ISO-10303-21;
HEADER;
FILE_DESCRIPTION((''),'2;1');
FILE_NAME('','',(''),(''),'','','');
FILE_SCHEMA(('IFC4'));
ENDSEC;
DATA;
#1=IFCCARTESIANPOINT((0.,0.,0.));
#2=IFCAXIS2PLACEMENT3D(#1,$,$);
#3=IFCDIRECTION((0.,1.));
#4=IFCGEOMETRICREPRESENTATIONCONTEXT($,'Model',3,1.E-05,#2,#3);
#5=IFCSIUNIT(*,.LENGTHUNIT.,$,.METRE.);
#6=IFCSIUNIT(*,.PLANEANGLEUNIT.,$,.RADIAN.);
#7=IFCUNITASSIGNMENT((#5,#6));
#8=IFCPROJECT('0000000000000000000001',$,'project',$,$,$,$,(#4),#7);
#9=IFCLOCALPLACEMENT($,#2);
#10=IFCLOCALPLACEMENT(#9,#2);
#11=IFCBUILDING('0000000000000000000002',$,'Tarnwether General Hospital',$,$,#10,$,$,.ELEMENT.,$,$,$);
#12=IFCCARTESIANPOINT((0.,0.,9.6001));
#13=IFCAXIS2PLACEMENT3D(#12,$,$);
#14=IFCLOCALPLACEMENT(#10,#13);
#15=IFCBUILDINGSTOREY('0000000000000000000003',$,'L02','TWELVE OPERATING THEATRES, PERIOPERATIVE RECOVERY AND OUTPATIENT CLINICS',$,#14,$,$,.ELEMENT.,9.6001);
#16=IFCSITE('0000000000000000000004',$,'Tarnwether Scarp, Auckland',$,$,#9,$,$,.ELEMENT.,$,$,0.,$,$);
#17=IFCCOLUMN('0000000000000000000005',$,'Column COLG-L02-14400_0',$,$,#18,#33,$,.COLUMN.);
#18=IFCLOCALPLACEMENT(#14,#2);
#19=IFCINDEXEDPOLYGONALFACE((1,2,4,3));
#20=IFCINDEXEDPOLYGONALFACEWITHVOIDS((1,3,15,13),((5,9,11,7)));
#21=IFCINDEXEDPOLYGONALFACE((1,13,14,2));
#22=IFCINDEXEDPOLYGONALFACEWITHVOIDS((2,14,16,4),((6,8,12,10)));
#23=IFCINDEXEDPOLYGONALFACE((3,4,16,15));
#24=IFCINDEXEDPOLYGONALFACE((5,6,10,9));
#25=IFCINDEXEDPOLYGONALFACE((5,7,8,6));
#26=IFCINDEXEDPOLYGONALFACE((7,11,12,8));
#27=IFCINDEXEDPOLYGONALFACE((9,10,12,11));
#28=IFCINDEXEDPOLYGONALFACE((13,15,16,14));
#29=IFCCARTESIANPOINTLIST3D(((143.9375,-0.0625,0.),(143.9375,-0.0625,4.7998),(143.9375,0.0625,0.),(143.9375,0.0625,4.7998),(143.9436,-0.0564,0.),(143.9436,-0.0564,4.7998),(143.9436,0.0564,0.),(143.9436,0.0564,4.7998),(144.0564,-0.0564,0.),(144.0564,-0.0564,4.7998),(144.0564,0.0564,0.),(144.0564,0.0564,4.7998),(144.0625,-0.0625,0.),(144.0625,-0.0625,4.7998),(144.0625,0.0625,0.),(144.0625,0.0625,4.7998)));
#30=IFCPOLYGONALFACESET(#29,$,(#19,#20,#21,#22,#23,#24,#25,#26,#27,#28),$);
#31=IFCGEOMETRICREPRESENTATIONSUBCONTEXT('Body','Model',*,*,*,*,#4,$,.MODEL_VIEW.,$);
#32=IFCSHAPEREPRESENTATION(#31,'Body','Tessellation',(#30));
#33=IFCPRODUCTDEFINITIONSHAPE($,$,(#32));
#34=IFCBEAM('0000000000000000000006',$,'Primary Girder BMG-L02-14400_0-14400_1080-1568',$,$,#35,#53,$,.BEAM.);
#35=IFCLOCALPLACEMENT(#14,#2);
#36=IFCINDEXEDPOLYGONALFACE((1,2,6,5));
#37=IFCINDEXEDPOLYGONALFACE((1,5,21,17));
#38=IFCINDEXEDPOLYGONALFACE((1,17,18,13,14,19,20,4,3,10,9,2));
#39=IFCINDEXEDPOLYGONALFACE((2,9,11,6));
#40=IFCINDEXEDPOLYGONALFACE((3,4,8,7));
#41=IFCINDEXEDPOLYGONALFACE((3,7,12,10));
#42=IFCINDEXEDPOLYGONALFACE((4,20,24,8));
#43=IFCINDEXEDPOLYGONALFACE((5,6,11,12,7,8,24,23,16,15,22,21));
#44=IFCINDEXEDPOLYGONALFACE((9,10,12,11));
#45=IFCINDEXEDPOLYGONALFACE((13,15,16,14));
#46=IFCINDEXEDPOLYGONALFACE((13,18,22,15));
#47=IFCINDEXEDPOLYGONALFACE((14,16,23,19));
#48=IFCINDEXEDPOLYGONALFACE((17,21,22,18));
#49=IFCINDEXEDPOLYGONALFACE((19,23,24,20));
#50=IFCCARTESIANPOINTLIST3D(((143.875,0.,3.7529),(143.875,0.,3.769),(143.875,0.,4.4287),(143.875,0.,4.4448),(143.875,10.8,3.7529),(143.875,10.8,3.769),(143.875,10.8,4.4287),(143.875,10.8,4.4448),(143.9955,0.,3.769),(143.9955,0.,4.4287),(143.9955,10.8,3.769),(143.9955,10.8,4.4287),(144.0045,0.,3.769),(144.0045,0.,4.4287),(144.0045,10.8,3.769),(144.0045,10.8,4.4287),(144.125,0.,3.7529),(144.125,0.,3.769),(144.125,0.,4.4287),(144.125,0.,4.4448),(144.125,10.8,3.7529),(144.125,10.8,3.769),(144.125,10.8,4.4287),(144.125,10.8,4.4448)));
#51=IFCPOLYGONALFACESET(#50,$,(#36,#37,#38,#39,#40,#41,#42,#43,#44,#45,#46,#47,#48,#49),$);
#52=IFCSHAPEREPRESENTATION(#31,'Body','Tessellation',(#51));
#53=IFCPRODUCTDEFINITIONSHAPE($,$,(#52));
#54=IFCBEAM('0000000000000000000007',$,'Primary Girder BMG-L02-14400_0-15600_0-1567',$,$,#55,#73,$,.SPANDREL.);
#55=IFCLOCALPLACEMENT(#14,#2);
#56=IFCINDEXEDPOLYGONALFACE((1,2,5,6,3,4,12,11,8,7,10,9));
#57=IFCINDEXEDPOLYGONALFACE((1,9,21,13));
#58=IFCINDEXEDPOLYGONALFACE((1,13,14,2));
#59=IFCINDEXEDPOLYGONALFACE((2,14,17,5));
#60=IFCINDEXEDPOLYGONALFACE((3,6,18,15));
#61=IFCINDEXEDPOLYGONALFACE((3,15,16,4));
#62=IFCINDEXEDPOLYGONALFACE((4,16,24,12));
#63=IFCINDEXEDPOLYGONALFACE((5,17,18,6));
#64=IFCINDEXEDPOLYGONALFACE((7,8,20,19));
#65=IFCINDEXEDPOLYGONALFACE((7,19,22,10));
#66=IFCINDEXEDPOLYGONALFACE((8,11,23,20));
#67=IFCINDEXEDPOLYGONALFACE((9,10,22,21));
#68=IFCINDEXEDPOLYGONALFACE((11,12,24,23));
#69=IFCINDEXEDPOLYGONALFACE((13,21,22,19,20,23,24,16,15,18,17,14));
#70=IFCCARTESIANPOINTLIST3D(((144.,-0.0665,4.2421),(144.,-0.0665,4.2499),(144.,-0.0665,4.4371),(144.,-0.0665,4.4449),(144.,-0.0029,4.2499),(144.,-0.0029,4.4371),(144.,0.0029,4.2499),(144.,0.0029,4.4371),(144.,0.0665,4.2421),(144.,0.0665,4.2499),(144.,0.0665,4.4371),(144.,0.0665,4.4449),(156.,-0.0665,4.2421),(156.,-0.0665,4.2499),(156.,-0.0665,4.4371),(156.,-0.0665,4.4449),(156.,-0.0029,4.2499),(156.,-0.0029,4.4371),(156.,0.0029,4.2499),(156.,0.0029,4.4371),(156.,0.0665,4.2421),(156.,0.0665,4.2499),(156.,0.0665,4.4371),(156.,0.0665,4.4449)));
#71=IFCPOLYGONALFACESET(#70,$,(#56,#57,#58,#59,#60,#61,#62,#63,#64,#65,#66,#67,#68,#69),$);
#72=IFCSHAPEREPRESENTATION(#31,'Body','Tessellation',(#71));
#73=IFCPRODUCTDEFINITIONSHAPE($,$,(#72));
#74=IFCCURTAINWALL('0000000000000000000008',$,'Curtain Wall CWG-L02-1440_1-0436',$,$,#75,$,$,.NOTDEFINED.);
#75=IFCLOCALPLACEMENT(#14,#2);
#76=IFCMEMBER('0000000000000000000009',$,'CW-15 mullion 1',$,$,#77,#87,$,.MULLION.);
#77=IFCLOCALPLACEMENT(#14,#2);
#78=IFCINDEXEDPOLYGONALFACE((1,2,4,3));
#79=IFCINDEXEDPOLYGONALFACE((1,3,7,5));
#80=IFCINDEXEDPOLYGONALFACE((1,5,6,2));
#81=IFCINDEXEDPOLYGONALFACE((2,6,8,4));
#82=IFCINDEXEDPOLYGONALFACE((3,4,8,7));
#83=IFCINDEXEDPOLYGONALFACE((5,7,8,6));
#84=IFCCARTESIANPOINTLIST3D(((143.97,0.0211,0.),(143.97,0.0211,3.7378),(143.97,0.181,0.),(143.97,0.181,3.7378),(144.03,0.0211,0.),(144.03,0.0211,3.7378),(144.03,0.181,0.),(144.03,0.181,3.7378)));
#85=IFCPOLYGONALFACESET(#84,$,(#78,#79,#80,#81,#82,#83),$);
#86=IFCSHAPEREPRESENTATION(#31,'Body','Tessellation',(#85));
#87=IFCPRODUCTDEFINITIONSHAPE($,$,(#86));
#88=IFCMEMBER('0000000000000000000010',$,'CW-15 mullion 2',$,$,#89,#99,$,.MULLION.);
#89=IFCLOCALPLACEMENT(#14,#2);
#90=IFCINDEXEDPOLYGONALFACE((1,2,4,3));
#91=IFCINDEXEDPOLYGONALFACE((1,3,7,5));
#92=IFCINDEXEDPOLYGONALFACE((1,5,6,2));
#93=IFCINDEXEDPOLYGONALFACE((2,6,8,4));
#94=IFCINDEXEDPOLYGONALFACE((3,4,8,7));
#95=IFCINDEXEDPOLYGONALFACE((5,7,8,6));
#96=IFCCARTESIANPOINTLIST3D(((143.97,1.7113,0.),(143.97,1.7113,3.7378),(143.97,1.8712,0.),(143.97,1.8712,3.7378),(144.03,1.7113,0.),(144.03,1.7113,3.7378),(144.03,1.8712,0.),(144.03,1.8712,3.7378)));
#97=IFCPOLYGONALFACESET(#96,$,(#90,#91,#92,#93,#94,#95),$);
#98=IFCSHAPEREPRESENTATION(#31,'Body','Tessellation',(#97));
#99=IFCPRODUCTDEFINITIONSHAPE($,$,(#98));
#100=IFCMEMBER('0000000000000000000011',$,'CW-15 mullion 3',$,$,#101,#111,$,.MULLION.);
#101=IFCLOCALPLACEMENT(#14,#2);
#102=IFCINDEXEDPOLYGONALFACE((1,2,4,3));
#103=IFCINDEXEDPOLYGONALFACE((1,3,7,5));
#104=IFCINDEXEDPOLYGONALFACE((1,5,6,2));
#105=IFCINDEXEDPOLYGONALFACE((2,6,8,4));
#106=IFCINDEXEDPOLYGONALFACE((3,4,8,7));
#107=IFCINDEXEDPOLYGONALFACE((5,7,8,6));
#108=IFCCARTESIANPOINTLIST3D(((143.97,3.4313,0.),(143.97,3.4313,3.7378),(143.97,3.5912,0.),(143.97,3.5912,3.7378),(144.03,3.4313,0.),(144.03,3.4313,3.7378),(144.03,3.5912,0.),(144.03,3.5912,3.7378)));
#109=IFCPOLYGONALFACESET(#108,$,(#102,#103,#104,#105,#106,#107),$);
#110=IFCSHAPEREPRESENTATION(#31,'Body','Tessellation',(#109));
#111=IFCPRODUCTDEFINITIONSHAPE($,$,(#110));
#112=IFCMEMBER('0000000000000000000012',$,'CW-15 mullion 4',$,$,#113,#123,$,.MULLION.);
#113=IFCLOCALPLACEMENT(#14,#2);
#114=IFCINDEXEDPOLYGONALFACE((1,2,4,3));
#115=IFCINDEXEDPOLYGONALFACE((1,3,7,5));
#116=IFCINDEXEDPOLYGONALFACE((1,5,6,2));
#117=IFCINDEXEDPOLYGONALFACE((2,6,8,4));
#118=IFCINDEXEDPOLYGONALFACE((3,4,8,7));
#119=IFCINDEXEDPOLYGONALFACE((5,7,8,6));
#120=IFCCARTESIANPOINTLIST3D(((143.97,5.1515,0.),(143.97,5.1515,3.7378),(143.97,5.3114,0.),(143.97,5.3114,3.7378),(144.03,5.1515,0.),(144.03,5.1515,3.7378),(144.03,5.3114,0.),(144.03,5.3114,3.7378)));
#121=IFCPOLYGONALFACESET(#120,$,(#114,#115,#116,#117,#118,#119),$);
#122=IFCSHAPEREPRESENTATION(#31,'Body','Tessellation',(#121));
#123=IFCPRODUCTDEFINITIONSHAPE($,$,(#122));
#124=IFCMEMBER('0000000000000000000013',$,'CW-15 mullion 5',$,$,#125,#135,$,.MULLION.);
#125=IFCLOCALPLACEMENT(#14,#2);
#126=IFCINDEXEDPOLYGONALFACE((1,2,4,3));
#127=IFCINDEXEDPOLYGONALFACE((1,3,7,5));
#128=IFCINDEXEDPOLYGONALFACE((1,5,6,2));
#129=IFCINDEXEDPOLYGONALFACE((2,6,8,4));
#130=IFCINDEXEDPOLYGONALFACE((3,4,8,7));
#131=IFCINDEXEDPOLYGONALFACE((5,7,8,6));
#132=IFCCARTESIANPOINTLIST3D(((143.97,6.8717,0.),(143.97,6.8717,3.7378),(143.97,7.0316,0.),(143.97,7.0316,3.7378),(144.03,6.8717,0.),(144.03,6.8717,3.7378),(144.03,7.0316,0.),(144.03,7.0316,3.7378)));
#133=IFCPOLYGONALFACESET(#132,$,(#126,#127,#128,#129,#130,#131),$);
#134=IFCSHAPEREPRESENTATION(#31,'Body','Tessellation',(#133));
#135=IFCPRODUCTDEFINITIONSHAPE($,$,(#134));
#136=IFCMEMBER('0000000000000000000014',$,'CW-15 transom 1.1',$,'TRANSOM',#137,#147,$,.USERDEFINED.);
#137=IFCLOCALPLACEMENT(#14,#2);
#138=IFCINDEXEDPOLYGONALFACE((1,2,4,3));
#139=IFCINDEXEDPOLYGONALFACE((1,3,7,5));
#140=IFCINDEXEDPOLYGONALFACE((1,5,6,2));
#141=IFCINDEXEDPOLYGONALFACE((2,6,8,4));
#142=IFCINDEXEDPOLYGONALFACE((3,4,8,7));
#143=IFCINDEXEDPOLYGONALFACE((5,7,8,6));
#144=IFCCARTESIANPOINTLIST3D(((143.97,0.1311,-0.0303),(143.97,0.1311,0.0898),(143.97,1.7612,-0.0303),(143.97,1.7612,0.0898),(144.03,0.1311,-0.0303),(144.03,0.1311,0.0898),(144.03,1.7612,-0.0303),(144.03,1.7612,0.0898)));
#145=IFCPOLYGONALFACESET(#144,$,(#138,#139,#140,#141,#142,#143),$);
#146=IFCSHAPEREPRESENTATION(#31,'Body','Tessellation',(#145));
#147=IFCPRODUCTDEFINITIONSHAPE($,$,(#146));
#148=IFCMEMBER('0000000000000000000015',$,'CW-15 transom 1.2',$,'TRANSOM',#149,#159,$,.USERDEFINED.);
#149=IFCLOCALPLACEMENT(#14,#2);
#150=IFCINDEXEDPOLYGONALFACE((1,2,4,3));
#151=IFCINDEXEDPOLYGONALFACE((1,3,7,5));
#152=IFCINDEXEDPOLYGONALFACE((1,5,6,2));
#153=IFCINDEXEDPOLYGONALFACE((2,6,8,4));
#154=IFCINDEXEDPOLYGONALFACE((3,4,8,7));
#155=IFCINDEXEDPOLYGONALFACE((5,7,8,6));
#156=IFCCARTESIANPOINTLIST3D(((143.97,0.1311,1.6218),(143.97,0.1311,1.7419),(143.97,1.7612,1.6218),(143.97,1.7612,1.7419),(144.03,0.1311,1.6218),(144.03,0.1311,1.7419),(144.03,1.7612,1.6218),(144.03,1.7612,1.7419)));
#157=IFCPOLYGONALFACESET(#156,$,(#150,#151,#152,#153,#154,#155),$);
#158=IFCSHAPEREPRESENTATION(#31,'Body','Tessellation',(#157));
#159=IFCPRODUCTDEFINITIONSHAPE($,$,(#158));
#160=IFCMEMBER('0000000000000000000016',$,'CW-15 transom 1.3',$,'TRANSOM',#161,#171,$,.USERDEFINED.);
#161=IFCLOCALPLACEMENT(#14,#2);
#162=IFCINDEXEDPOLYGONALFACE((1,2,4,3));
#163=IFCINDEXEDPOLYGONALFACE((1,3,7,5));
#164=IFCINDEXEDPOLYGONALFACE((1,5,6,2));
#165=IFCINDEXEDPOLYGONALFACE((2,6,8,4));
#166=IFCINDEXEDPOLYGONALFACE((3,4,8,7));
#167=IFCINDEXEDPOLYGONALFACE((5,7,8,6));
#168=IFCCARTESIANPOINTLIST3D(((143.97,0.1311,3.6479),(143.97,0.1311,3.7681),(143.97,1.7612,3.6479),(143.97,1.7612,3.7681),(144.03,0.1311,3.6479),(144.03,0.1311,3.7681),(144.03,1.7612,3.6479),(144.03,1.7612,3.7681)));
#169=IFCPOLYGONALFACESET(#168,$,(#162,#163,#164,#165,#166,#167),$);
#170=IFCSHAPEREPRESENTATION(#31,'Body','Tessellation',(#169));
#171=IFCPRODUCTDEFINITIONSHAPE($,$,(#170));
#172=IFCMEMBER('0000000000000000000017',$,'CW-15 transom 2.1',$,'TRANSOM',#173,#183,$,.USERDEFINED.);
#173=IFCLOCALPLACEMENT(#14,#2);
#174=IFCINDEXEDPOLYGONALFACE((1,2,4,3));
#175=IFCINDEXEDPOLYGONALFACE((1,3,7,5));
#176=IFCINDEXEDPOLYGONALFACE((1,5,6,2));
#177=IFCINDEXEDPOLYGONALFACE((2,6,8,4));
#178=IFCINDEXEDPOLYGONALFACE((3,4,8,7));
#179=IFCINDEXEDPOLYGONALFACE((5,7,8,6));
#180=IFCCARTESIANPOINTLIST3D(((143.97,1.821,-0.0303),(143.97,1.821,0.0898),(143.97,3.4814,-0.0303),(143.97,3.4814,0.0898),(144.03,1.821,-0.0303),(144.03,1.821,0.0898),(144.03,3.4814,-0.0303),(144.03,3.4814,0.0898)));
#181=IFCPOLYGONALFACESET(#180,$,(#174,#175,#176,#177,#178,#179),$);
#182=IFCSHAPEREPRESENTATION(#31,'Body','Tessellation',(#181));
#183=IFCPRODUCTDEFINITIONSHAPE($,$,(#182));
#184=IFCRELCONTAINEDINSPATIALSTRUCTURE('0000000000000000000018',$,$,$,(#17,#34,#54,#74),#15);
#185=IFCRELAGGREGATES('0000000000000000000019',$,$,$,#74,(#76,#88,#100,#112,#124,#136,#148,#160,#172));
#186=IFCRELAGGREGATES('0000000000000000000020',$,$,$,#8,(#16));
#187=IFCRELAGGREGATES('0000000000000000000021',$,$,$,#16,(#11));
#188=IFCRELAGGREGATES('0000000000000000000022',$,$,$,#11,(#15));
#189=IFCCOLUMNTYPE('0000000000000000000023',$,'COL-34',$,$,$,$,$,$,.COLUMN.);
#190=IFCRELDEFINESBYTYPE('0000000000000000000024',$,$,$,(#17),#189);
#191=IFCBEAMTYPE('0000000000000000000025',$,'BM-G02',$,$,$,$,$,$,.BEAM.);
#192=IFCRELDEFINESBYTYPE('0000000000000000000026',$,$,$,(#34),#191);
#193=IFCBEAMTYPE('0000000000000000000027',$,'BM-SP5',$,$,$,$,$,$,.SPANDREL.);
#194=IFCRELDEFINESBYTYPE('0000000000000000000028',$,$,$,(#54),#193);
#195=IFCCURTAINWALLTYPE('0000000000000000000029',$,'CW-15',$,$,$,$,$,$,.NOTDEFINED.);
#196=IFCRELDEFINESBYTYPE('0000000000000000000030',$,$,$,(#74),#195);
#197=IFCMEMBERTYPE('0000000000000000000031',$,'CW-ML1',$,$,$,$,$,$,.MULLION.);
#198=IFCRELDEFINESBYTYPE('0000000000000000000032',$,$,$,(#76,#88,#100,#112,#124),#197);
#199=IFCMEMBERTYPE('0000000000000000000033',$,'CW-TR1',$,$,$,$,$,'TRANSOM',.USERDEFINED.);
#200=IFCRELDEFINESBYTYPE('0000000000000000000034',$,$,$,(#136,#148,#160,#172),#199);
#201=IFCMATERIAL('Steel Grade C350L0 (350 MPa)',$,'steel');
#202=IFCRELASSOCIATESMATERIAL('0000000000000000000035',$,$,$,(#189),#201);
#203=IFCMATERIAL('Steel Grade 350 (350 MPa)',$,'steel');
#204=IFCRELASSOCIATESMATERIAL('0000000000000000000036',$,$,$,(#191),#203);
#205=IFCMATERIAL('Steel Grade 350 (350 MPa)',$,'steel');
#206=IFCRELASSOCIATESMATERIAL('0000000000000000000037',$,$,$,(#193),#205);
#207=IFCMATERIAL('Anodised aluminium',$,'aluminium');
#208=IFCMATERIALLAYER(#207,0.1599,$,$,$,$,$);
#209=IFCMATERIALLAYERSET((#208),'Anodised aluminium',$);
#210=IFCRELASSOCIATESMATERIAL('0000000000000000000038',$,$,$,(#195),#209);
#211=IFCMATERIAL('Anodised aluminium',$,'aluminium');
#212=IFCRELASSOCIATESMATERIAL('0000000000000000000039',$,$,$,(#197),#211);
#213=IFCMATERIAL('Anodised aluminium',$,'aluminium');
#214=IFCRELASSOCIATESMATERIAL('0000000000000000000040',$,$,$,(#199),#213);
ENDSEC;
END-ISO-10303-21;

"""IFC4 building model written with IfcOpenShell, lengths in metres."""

from ifc_helpers import new_model, si_unit, direction, frame, origin, origin_2d, place, context, subcontext, project, spatial, rectangle, hollow_rectangle, i_section, extrude, material, layer, layer_set, material_profile, profile_set, type_object, element, aggregate, save


model = new_model("IFC4")

# Units and contexts
model_context = context("Model", 3, precision=1e-05, world=origin(), true_north=direction((0.0, 1.0)))
body_context = subcontext(model_context, "Body", "Model", "MODEL_VIEW")
ifc_project = project(units=[si_unit("LENGTHUNIT", "METRE"), si_unit("PLANEANGLEUNIT", "RADIAN")], contexts=[model_context])

# Site, building, storey
site_placement = place(None, origin())
site = spatial("IfcSite", under=ifc_project, at=site_placement, Name="Tarnwether Scarp, Auckland", CompositionType="ELEMENT", RefElevation=0.0)
building_placement = place(site_placement, origin())
building = spatial("IfcBuilding", under=site, at=building_placement, Name="Tarnwether General Hospital", CompositionType="ELEMENT")
storey_placement = place(building_placement, frame((0.0, 0.0, 9.6001)))
storey = spatial("IfcBuildingStorey", under=building, at=storey_placement, Name="L02", Description="TWELVE OPERATING THEATRES, PERIOPERATIVE RECOVERY AND OUTPATIENT CLINICS", CompositionType="ELEMENT", Elevation=9.6001)

# Column
ifc_material_1 = material(Name="Steel Grade C350L0 (350 MPa)", Category="steel")
ifc_material_profile_1 = material_profile(ifc_material_1, hollow_rectangle(XDim=0.125, YDim=0.125, WallThickness=0.0061, at=origin_2d()), Name="SHS125x125x6")
ifc_profile_set_1 = profile_set([ifc_material_profile_1], Name="Steel Grade C350L0 (350 MPa)")
column_type = type_object("IfcColumnType", Name="COL-34", PredefinedType="COLUMN", material=ifc_profile_set_1)
column_placement = place(storey_placement, frame((144.0, 0.0, 0.0), z_axis=(0.0, 0.0, 1.0), x_axis=(1.0, 0.0, 0.0)))
element("IfcColumn", 1, at=column_placement, inside=storey, type_object=column_type, Name="Column COLG-L02-14400_0", PredefinedType="COLUMN", context=body_context, shape_type="SweptSolid", body=[
    extrude(hollow_rectangle(XDim=0.125, YDim=0.125, WallThickness=0.0061, at=origin_2d()), origin(), (0.0, 0.0, 1.0), 4.7998),
])

# Beams
ifc_material_2 = material(Name="Steel Grade 350 (350 MPa)", Category="steel")
ifc_material_profile_2 = material_profile(ifc_material_2, i_section(OverallWidth=0.25, OverallDepth=0.6919, WebThickness=0.009, FlangeThickness=0.0161, at=origin_2d()), Name="700WB115")
ifc_profile_set_2 = profile_set([ifc_material_profile_2], Name="Steel Grade 350 (350 MPa)")
beam_type_1 = type_object("IfcBeamType", Name="BM-G02", PredefinedType="BEAM", material=ifc_profile_set_2)
beam_1_placement = place(storey_placement, frame((144.0, 0.0, 4.0989), z_axis=(0.0, 1.0, 0.0), x_axis=(-1.0, 0.0, 0.0)))
element("IfcBeam", 2, at=beam_1_placement, inside=storey, type_object=beam_type_1, Name="Primary Girder BMG-L02-14400_0-14400_1080-1568", PredefinedType="BEAM", context=body_context, shape_type="SweptSolid", body=[
    extrude(i_section(OverallWidth=0.25, OverallDepth=0.6919, WebThickness=0.009, FlangeThickness=0.0161, at=origin_2d()), origin(), (0.0, 0.0, 1.0), 10.8),
])
ifc_material_3 = material(Name="Steel Grade 350 (350 MPa)", Category="steel")
ifc_material_profile_3 = material_profile(ifc_material_3, i_section(OverallWidth=0.1331, OverallDepth=0.2029, WebThickness=0.0059, FlangeThickness=0.0078, at=origin_2d()), Name="200UB25.4")
ifc_profile_set_3 = profile_set([ifc_material_profile_3], Name="Steel Grade 350 (350 MPa)")
beam_type_2 = type_object("IfcBeamType", Name="BM-SP5", PredefinedType="SPANDREL", material=ifc_profile_set_3)
beam_2_placement = place(storey_placement, frame((144.0, 0.0, 4.3435), z_axis=(1.0, 0.0, 0.0), x_axis=(0.0, 1.0, 0.0)))
element("IfcBeam", 3, at=beam_2_placement, inside=storey, type_object=beam_type_2, Name="Primary Girder BMG-L02-14400_0-15600_0-1567", PredefinedType="SPANDREL", context=body_context, shape_type="SweptSolid", body=[
    extrude(i_section(OverallWidth=0.1331, OverallDepth=0.2029, WebThickness=0.0059, FlangeThickness=0.0078, at=origin_2d()), origin(), (0.0, 0.0, 1.0), 12.0),
])

# Curtain wall, members
ifc_material_4 = material(Name="Anodised aluminium", Category="aluminium")
ifc_layer_1 = layer(ifc_material_4, 0.1599)
ifc_layer_set_1 = layer_set([ifc_layer_1], Name="Anodised aluminium")
curtain_wall_type = type_object("IfcCurtainWallType", Name="CW-15", PredefinedType="NOTDEFINED", material=ifc_layer_set_1)
curtain_wall_placement = place(storey_placement, origin())
curtain_wall = element("IfcCurtainWall", 4, at=curtain_wall_placement, inside=storey, type_object=curtain_wall_type, Name="Curtain Wall CWG-L02-1440_1-0436", PredefinedType="NOTDEFINED")
ifc_material_5 = material(Name="Anodised aluminium", Category="aluminium")
ifc_material_profile_4 = material_profile(ifc_material_5, rectangle(XDim=0.0601, YDim=0.1599, at=origin_2d()), Name="ALU-MUL-60x160")
ifc_profile_set_4 = profile_set([ifc_material_profile_4], Name="Anodised aluminium")
member_type_1 = type_object("IfcMemberType", Name="CW-ML1", PredefinedType="MULLION", material=ifc_profile_set_4)
member_1_placement = place(storey_placement, frame((144.0, 0.1011, 0.0), z_axis=(0.0, 0.0, 1.0), x_axis=(-1.0, 0.0, 0.0)))
member_1 = element("IfcMember", 5, at=member_1_placement, type_object=member_type_1, Name="CW-15 mullion 1", PredefinedType="MULLION", context=body_context, shape_type="SweptSolid", body=[
    extrude(rectangle(XDim=0.0601, YDim=0.1599, at=origin_2d()), origin(), (0.0, 0.0, 1.0), 3.7378),
])
member_2_placement = place(storey_placement, frame((144.0, 1.7913, 0.0), z_axis=(0.0, 0.0, 1.0), x_axis=(-1.0, 0.0, 0.0)))
member_2 = element("IfcMember", 6, at=member_2_placement, type_object=member_type_1, Name="CW-15 mullion 2", PredefinedType="MULLION", context=body_context, shape_type="SweptSolid", body=[
    extrude(rectangle(XDim=0.0601, YDim=0.1599, at=origin_2d()), origin(), (0.0, 0.0, 1.0), 3.7378),
])
member_3_placement = place(storey_placement, frame((144.0, 3.5112, 0.0), z_axis=(0.0, 0.0, 1.0), x_axis=(-1.0, 0.0, 0.0)))
member_3 = element("IfcMember", 7, at=member_3_placement, type_object=member_type_1, Name="CW-15 mullion 3", PredefinedType="MULLION", context=body_context, shape_type="SweptSolid", body=[
    extrude(rectangle(XDim=0.0601, YDim=0.1599, at=origin_2d()), origin(), (0.0, 0.0, 1.0), 3.7378),
])
member_4_placement = place(storey_placement, frame((144.0, 5.2314, 0.0), z_axis=(0.0, 0.0, 1.0), x_axis=(-1.0, 0.0, 0.0)))
member_4 = element("IfcMember", 8, at=member_4_placement, type_object=member_type_1, Name="CW-15 mullion 4", PredefinedType="MULLION", context=body_context, shape_type="SweptSolid", body=[
    extrude(rectangle(XDim=0.0601, YDim=0.1599, at=origin_2d()), origin(), (0.0, 0.0, 1.0), 3.7378),
])
member_5_placement = place(storey_placement, frame((144.0, 6.9517, 0.0), z_axis=(0.0, 0.0, 1.0), x_axis=(-1.0, 0.0, 0.0)))
member_5 = element("IfcMember", 9, at=member_5_placement, type_object=member_type_1, Name="CW-15 mullion 5", PredefinedType="MULLION", context=body_context, shape_type="SweptSolid", body=[
    extrude(rectangle(XDim=0.0601, YDim=0.1599, at=origin_2d()), origin(), (0.0, 0.0, 1.0), 3.7378),
])
ifc_material_6 = material(Name="Anodised aluminium", Category="aluminium")
ifc_material_profile_5 = material_profile(ifc_material_6, rectangle(XDim=0.0601, YDim=0.1201, at=origin_2d()), Name="ALU-TRN-60x120")
ifc_profile_set_5 = profile_set([ifc_material_profile_5], Name="Anodised aluminium")
member_type_2 = type_object("IfcMemberType", Name="CW-TR1", ElementType="TRANSOM", PredefinedType="USERDEFINED", material=ifc_profile_set_5)
member_6_placement = place(storey_placement, frame((144.0, 0.1311, 0.0298), z_axis=(0.0, 1.0, 0.0), x_axis=(-1.0, 0.0, 0.0)))
member_6 = element("IfcMember", 10, at=member_6_placement, type_object=member_type_2, Name="CW-15 transom 1.1", ObjectType="TRANSOM", PredefinedType="USERDEFINED", context=body_context, shape_type="SweptSolid", body=[
    extrude(rectangle(XDim=0.0601, YDim=0.1201, at=origin_2d()), origin(), (0.0, 0.0, 1.0), 1.6301),
])
member_7_placement = place(storey_placement, frame((144.0, 0.1311, 1.6819), z_axis=(0.0, 1.0, 0.0), x_axis=(-1.0, 0.0, 0.0)))
member_7 = element("IfcMember", 11, at=member_7_placement, type_object=member_type_2, Name="CW-15 transom 1.2", ObjectType="TRANSOM", PredefinedType="USERDEFINED", context=body_context, shape_type="SweptSolid", body=[
    extrude(rectangle(XDim=0.0601, YDim=0.1201, at=origin_2d()), origin(), (0.0, 0.0, 1.0), 1.6301),
])
member_8_placement = place(storey_placement, frame((144.0, 0.1311, 3.708), z_axis=(0.0, 1.0, 0.0), x_axis=(-1.0, 0.0, 0.0)))
member_8 = element("IfcMember", 12, at=member_8_placement, type_object=member_type_2, Name="CW-15 transom 1.3", ObjectType="TRANSOM", PredefinedType="USERDEFINED", context=body_context, shape_type="SweptSolid", body=[
    extrude(rectangle(XDim=0.0601, YDim=0.1201, at=origin_2d()), origin(), (0.0, 0.0, 1.0), 1.6301),
])
member_9_placement = place(storey_placement, frame((144.0, 1.821, 0.0298), z_axis=(0.0, 1.0, 0.0), x_axis=(-1.0, 0.0, 0.0)))
member_9 = element("IfcMember", 13, at=member_9_placement, type_object=member_type_2, Name="CW-15 transom 2.1", ObjectType="TRANSOM", PredefinedType="USERDEFINED", context=body_context, shape_type="SweptSolid", body=[
    extrude(rectangle(XDim=0.0601, YDim=0.1201, at=origin_2d()), origin(), (0.0, 0.0, 1.0), 1.6604),
])
aggregate(curtain_wall, [member_1, member_2, member_3, member_4, member_5, member_6, member_7, member_8, member_9])

save(model, "model.ifc")
